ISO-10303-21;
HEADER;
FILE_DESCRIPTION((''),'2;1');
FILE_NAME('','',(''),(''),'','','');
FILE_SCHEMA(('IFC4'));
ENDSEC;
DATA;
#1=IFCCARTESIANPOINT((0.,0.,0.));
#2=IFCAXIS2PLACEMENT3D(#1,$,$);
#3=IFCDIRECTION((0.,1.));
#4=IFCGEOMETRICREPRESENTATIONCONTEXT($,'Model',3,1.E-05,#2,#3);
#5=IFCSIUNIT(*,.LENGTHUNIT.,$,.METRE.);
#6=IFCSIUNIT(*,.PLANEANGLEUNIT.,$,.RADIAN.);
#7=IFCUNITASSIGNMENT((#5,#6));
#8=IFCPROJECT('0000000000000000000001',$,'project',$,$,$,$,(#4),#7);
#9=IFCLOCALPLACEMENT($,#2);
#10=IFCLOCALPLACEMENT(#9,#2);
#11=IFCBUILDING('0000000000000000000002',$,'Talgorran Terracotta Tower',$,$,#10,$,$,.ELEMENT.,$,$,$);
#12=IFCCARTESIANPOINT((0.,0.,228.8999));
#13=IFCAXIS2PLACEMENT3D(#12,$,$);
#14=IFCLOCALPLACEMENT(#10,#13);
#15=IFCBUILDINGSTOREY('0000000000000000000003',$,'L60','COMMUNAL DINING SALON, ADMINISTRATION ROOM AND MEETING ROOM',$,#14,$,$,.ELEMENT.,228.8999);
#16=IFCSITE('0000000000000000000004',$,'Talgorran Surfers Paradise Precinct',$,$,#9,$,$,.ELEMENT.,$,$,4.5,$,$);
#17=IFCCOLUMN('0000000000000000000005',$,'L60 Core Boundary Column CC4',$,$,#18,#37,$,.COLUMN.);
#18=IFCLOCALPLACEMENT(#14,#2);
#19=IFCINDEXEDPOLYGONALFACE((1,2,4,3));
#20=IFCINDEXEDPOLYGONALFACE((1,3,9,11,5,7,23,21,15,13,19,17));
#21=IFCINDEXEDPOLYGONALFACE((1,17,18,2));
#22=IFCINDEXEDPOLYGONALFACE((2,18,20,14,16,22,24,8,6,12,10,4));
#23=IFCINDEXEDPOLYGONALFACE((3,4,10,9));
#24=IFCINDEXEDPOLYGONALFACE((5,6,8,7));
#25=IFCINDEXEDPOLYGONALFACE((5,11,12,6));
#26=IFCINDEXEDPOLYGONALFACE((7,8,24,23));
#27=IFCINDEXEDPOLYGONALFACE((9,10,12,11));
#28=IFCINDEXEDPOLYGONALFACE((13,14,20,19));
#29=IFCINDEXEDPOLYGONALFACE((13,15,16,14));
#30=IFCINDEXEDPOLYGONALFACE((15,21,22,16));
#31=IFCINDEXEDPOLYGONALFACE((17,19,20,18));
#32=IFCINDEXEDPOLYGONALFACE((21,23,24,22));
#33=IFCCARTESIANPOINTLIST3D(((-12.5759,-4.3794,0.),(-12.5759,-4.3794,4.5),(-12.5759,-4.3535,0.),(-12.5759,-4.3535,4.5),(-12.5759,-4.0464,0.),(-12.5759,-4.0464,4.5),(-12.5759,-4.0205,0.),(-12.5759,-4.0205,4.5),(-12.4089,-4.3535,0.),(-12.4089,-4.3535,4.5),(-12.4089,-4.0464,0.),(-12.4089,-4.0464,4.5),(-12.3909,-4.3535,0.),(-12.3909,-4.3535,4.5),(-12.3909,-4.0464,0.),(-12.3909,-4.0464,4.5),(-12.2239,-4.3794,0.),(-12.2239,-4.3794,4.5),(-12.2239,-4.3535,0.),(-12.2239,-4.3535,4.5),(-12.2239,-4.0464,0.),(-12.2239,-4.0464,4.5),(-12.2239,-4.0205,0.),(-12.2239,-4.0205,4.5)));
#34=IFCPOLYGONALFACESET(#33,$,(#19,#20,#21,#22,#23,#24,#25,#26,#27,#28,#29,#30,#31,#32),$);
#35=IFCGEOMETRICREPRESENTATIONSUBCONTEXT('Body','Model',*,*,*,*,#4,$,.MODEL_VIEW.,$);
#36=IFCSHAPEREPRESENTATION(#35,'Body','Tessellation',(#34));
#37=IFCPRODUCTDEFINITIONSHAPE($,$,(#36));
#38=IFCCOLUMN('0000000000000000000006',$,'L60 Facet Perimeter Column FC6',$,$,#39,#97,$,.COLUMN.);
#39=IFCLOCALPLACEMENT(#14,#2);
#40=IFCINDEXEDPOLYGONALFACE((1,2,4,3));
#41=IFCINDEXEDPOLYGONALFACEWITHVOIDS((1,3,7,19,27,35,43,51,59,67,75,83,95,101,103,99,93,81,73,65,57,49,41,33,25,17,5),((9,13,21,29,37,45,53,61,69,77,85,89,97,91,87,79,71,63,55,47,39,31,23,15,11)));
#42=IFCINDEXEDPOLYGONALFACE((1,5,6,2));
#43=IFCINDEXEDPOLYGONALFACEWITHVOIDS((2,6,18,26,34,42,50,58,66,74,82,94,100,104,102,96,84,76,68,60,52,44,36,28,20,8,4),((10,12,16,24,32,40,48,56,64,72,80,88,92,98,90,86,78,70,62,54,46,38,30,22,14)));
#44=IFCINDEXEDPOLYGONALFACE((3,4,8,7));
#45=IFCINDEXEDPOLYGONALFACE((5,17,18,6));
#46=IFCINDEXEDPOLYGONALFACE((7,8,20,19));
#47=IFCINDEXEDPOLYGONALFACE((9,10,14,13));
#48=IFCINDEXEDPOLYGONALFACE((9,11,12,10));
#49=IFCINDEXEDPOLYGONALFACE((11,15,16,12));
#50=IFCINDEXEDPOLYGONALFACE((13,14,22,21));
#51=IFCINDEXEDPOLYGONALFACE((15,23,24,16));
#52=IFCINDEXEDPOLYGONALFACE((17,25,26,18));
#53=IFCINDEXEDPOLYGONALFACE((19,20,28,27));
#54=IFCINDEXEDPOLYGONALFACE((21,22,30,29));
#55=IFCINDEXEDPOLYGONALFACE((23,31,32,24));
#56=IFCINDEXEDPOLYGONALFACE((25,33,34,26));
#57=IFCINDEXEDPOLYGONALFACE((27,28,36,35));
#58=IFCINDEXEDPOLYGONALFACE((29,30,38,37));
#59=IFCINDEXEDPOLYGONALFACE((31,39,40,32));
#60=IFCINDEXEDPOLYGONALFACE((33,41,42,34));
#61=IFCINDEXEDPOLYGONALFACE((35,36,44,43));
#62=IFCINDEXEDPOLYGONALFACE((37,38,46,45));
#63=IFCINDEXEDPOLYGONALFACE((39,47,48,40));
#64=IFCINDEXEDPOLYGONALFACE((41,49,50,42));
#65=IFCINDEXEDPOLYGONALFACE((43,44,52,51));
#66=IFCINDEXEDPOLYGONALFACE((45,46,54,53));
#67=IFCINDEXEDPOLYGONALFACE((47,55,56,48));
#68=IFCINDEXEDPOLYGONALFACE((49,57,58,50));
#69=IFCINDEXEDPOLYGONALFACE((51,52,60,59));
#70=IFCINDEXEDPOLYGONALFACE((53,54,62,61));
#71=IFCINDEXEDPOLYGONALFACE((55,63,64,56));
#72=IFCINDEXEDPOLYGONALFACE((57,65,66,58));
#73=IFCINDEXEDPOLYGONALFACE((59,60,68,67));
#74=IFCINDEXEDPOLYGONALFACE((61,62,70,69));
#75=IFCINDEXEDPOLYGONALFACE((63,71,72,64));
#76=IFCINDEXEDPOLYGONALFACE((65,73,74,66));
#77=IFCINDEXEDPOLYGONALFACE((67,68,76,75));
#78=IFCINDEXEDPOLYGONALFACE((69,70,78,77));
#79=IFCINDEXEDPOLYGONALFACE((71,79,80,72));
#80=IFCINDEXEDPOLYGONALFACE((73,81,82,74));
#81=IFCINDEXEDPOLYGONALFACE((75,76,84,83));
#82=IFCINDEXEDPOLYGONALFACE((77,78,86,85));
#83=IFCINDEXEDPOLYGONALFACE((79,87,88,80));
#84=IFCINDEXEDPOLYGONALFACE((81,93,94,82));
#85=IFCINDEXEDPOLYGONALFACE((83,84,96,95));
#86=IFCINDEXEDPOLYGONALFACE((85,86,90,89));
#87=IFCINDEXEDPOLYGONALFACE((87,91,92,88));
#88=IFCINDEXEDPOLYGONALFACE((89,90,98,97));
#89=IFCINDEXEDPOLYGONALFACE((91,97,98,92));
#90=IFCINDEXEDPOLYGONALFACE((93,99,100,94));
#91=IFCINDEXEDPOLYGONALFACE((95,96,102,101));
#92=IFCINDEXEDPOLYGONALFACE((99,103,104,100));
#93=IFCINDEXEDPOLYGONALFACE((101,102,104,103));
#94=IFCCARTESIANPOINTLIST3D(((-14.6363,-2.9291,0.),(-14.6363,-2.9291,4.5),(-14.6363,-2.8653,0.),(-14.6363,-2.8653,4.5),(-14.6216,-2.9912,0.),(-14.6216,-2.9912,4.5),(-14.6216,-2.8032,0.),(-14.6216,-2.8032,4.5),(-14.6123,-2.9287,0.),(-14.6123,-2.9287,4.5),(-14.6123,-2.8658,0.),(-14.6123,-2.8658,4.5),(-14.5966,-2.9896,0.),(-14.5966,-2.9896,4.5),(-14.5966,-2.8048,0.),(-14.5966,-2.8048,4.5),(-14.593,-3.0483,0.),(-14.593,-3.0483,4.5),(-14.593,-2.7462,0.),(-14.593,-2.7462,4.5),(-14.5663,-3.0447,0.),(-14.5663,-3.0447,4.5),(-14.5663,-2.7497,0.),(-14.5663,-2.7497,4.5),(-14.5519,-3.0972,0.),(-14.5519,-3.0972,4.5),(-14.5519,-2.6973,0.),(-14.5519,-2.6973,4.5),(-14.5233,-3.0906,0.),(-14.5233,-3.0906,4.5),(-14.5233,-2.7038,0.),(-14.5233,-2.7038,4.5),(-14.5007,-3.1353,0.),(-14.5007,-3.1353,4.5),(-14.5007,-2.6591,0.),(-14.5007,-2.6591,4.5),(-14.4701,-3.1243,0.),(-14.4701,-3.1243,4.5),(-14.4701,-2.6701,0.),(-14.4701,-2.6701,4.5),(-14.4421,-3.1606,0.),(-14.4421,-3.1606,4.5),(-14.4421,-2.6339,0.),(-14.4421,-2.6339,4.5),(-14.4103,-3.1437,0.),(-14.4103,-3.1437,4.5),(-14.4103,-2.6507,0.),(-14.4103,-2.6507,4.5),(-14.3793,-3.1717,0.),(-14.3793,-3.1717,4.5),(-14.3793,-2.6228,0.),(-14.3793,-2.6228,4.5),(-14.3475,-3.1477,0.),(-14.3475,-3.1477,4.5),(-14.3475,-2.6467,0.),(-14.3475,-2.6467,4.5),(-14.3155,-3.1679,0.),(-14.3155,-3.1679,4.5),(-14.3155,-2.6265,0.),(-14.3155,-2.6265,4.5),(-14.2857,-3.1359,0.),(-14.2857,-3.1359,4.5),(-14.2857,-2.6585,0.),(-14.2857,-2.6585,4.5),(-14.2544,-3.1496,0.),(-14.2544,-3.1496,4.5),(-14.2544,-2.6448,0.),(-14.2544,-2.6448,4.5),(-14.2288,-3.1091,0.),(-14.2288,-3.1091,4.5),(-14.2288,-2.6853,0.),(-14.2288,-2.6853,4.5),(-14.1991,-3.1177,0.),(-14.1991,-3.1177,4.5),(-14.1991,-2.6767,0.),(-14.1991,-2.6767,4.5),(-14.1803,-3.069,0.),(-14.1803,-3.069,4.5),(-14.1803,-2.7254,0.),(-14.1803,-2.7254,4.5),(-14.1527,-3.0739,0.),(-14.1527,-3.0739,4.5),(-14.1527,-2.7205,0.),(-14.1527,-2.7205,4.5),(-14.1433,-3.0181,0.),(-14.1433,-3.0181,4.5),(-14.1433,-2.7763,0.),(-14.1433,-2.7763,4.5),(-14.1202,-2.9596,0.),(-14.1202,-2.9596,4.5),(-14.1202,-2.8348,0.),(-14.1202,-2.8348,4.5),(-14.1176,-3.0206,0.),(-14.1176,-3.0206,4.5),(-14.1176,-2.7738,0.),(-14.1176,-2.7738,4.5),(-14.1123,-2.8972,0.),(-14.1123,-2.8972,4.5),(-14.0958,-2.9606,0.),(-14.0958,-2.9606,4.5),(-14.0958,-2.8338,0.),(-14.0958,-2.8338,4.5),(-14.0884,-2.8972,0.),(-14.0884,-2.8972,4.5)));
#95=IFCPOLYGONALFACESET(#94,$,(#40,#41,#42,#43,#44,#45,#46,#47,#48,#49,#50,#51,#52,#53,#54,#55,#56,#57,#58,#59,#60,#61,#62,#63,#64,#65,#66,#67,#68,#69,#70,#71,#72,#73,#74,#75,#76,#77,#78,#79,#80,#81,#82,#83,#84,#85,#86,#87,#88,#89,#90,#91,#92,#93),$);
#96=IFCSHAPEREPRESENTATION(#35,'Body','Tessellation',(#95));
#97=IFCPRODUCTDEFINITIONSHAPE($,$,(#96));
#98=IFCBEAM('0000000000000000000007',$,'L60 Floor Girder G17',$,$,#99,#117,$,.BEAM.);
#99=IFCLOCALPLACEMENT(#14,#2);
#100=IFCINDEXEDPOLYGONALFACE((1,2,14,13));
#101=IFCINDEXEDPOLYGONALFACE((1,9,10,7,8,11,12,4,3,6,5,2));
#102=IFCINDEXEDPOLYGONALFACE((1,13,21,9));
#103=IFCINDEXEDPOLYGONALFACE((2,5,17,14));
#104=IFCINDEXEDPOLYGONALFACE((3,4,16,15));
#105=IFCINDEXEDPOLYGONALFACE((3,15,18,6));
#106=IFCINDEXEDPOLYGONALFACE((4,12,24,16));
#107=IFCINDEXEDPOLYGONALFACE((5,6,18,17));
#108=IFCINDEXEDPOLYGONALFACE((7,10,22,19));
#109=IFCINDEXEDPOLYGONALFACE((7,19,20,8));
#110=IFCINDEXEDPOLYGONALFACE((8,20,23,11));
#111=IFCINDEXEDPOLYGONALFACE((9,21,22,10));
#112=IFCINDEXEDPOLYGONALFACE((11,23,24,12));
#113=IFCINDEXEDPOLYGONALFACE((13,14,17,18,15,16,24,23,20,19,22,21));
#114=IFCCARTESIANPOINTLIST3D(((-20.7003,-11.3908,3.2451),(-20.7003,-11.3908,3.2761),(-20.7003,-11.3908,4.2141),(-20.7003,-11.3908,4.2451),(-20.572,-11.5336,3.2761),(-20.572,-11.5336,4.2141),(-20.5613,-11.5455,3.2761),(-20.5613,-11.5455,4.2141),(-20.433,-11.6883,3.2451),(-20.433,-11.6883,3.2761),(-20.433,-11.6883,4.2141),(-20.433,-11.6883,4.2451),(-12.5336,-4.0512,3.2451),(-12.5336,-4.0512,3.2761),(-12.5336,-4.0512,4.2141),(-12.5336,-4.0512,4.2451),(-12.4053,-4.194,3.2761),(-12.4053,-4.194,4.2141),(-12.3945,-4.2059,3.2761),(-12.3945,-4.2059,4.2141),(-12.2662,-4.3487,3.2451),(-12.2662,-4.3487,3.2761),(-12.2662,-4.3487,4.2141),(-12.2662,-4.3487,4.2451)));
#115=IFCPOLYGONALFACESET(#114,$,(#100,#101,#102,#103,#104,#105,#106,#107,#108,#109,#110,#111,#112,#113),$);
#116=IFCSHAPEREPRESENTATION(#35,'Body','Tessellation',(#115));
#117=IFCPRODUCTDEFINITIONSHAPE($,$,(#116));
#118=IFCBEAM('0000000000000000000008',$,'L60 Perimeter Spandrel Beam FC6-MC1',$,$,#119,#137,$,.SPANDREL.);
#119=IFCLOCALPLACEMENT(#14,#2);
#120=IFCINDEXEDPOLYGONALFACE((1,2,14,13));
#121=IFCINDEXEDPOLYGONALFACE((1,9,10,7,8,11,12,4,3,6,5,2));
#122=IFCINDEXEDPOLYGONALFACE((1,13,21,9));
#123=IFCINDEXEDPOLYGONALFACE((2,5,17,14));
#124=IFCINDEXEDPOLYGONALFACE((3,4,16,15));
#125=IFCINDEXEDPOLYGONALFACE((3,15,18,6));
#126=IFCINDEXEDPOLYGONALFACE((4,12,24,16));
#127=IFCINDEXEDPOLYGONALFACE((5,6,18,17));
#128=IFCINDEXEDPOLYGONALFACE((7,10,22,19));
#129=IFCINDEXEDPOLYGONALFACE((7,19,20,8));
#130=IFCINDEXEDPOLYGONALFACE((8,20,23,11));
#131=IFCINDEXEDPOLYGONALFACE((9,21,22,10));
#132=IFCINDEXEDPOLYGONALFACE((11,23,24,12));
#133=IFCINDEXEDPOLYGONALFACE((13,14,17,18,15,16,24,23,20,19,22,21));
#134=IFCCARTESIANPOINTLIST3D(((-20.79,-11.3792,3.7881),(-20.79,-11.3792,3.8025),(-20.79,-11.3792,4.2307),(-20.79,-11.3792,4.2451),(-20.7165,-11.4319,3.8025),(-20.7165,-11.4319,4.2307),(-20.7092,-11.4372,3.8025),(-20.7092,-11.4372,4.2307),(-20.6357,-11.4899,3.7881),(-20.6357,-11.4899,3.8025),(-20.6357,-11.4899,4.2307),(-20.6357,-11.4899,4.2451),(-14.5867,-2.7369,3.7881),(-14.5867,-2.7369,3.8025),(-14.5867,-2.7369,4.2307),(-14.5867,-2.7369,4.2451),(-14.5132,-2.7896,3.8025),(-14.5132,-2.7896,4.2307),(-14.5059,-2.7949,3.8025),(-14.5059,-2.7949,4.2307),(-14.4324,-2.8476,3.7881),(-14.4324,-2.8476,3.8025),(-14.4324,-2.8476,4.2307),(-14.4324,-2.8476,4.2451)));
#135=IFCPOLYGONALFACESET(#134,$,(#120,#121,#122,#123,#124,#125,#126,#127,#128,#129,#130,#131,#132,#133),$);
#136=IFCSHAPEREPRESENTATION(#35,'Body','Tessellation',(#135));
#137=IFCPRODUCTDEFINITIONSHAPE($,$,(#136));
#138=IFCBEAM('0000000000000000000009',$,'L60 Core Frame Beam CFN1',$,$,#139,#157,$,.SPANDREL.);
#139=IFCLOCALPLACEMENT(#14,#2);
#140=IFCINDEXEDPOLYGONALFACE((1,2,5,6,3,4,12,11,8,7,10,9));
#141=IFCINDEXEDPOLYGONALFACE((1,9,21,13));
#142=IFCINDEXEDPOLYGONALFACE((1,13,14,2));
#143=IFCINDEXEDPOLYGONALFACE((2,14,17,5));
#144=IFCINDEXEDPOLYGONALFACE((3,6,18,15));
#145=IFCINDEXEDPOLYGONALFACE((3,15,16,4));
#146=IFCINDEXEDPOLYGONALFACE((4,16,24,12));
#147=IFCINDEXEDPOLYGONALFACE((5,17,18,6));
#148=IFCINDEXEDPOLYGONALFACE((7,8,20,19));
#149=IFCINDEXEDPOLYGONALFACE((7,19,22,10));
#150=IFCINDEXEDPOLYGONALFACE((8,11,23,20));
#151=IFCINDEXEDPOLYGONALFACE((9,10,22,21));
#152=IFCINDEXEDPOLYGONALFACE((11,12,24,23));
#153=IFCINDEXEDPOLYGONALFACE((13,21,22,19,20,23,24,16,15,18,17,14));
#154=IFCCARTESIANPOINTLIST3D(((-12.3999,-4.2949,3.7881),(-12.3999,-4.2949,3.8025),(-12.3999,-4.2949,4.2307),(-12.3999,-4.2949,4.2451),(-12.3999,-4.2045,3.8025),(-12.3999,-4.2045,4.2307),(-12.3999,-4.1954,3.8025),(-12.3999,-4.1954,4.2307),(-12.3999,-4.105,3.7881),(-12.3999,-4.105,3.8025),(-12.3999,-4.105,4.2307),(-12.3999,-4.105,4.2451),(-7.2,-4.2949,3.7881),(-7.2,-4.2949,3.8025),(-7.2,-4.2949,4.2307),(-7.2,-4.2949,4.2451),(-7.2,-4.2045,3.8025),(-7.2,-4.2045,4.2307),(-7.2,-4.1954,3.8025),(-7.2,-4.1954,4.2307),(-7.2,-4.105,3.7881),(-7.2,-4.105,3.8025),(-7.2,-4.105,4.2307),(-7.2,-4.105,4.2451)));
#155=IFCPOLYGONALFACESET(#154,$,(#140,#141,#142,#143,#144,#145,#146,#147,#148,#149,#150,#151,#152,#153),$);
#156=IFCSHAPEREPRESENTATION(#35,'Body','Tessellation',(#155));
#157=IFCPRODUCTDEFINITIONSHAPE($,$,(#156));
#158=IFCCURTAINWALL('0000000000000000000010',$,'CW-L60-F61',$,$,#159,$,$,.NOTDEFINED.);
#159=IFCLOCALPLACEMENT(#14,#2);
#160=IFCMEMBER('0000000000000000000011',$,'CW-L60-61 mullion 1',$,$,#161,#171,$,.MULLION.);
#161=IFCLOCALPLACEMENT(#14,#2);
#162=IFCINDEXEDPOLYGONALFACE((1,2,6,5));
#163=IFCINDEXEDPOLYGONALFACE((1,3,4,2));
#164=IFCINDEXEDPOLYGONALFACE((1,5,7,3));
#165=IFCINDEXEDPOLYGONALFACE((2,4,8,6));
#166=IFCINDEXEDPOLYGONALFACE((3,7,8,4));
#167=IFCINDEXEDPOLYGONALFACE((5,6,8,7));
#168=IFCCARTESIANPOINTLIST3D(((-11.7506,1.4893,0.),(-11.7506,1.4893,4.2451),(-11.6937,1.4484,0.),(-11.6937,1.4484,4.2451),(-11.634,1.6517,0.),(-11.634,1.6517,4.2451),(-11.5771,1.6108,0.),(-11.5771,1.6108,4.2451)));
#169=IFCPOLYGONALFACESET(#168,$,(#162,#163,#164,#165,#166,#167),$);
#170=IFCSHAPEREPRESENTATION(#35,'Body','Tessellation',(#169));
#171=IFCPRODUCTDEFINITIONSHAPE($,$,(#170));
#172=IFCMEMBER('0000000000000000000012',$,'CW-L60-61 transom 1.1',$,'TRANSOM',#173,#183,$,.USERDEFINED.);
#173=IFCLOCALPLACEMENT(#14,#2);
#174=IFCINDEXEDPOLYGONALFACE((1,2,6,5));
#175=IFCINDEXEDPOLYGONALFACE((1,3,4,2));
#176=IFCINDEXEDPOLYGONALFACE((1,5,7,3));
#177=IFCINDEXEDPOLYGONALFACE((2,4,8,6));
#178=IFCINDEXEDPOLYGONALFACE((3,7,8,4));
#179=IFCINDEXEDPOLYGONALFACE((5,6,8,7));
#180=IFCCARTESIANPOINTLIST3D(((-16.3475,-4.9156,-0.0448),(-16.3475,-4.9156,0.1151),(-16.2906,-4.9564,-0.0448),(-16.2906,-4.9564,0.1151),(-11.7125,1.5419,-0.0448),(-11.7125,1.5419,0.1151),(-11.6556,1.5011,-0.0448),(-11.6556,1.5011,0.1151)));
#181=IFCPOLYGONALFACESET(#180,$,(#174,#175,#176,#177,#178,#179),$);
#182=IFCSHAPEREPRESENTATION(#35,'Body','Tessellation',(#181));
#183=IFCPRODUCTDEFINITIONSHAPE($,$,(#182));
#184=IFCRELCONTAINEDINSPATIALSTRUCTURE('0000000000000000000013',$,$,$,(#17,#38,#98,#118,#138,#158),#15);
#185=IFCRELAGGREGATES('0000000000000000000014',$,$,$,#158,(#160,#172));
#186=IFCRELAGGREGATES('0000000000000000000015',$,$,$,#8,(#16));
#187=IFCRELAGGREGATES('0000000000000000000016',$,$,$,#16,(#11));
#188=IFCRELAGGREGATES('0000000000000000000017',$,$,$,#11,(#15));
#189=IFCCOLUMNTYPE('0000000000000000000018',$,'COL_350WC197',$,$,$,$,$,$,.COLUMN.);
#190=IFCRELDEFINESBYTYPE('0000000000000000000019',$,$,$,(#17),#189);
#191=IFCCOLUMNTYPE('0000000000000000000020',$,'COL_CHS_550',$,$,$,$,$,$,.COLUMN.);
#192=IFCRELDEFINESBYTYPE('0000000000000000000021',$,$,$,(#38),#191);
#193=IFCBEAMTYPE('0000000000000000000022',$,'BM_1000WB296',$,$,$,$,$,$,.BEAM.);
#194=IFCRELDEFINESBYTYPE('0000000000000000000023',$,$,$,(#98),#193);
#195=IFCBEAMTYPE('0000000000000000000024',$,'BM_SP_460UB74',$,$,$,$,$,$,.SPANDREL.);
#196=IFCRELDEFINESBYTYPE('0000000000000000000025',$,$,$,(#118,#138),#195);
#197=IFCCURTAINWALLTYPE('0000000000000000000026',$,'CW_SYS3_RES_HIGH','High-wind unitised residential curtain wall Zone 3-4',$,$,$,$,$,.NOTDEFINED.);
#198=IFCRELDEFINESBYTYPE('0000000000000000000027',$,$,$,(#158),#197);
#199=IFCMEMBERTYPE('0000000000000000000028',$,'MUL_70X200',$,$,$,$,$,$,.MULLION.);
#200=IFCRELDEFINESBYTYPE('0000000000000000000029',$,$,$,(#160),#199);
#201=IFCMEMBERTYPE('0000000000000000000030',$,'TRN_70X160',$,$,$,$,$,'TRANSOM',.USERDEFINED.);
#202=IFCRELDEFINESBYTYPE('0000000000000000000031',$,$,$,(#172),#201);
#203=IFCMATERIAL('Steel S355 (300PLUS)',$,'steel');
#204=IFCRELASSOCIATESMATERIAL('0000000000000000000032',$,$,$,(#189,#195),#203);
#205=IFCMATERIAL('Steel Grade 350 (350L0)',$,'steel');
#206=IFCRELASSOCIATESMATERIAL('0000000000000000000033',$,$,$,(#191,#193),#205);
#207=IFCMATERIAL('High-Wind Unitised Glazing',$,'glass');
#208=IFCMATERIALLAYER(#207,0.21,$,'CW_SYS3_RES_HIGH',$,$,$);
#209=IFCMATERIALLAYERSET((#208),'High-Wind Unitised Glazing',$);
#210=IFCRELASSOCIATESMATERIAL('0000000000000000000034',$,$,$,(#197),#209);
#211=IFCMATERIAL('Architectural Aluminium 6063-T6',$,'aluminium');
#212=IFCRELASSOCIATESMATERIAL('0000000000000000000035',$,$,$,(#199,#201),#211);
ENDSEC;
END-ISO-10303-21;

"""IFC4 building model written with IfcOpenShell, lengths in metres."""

from ifc_helpers import new_model, si_unit, direction, frame, origin, origin_2d, place, context, subcontext, project, spatial, rectangle, hollow_circle, i_section, extrude, material, layer, layer_set, material_profile, profile_set, type_object, element, aggregate, save


model = new_model("IFC4")

# Units and contexts
model_context = context("Model", 3, precision=1e-05, world=origin(), true_north=direction((0.0, 1.0)))
body_context = subcontext(model_context, "Body", "Model", "MODEL_VIEW")
ifc_project = project(units=[si_unit("LENGTHUNIT", "METRE"), si_unit("PLANEANGLEUNIT", "RADIAN")], contexts=[model_context])

# Site, building, storey
site_placement = place(None, origin())
site = spatial("IfcSite", under=ifc_project, at=site_placement, Name="Talgorran Surfers Paradise Precinct", CompositionType="ELEMENT", RefElevation=4.5)
building_placement = place(site_placement, origin())
building = spatial("IfcBuilding", under=site, at=building_placement, Name="Talgorran Terracotta Tower", CompositionType="ELEMENT")
storey_placement = place(building_placement, frame((0.0, 0.0, 228.8999)))
storey = spatial("IfcBuildingStorey", under=building, at=storey_placement, Name="L60", Description="COMMUNAL DINING SALON, ADMINISTRATION ROOM AND MEETING ROOM", CompositionType="ELEMENT", Elevation=228.8999)

# Columns
ifc_material_1 = material(Name="Steel S355 (300PLUS)", Category="steel")
ifc_material_profile_1 = material_profile(ifc_material_1, i_section(OverallWidth=0.3521, OverallDepth=0.3589, WebThickness=0.0181, FlangeThickness=0.0259, at=origin_2d()), Name="350WC197")
ifc_profile_set_1 = profile_set([ifc_material_profile_1], Name="Steel S355 (300PLUS)")
column_type_1 = type_object("IfcColumnType", Name="COL_350WC197", PredefinedType="COLUMN", material=ifc_profile_set_1)
column_1_placement = place(storey_placement, frame((-12.3999, -4.2, 0.0), z_axis=(0.0, 0.0, 1.0), x_axis=(1.0, 0.0, 0.0)))
element("IfcColumn", 1, at=column_1_placement, inside=storey, type_object=column_type_1, Name="L60 Core Boundary Column CC4", PredefinedType="COLUMN", context=body_context, shape_type="SweptSolid", body=[
    extrude(i_section(OverallWidth=0.3521, OverallDepth=0.3589, WebThickness=0.0181, FlangeThickness=0.0259, at=origin_2d()), origin(), (0.0, 0.0, 1.0), 4.5),
])
ifc_material_2 = material(Name="Steel Grade 350 (350L0)", Category="steel")
ifc_material_profile_2 = material_profile(ifc_material_2, hollow_circle(Radius=0.2749, WallThickness=0.0239, at=origin_2d()), Name="CHS550X24")
ifc_profile_set_2 = profile_set([ifc_material_profile_2], Name="Steel Grade 350 (350L0)")
column_type_2 = type_object("IfcColumnType", Name="COL_CHS_550", PredefinedType="COLUMN", material=ifc_profile_set_2)
column_2_placement = place(storey_placement, frame((-14.3633, -2.8972, 0.0), z_axis=(0.0, 0.0, 1.0), x_axis=(1.0, 0.0, 0.0)))
element("IfcColumn", 2, at=column_2_placement, inside=storey, type_object=column_type_2, Name="L60 Facet Perimeter Column FC6", PredefinedType="COLUMN", context=body_context, shape_type="SweptSolid", body=[
    extrude(hollow_circle(Radius=0.2749, WallThickness=0.0239, at=origin_2d()), origin(), (0.0, 0.0, 1.0), 4.5),
])

# Beams
ifc_material_profile_3 = material_profile(ifc_material_2, i_section(OverallWidth=0.3999, OverallDepth=1.0, WebThickness=0.0161, FlangeThickness=0.031, at=origin_2d()), Name="1000WB296")
ifc_profile_set_3 = profile_set([ifc_material_profile_3], Name="Steel Grade 350 (350L0)")
beam_type_1 = type_object("IfcBeamType", Name="BM_1000WB296", PredefinedType="BEAM", material=ifc_profile_set_3)
beam_1_placement = place(storey_placement, frame((-12.3999, -4.2, 3.7451), z_axis=(-0.743768, -0.668438, 0.0), x_axis=(0.668438, -0.743768, 0.0)))
element("IfcBeam", 3, at=beam_1_placement, inside=storey, type_object=beam_type_1, Name="L60 Floor Girder G17", PredefinedType="BEAM", context=body_context, shape_type="SweptSolid", body=[
    extrude(i_section(OverallWidth=0.3999, OverallDepth=1.0, WebThickness=0.0161, FlangeThickness=0.031, at=origin_2d()), origin(), (0.0, 0.0, 1.0), 10.9802),
])
ifc_material_profile_4 = material_profile(ifc_material_1, i_section(OverallWidth=0.1899, OverallDepth=0.457, WebThickness=0.009, FlangeThickness=0.0144, at=origin_2d()), Name="460UB74.6")
ifc_profile_set_4 = profile_set([ifc_material_profile_4], Name="Steel S355 (300PLUS)")
beam_type_2 = type_object("IfcBeamType", Name="BM_SP_460UB74", PredefinedType="SPANDREL", material=ifc_profile_set_4)
beam_2_placement = place(storey_placement, frame((-14.5095, -2.7922, 4.0166), z_axis=(-0.583121, -0.812385, 0.0), x_axis=(0.812385, -0.583121, 0.0)))
element("IfcBeam", 4, at=beam_2_placement, inside=storey, type_object=beam_type_2, Name="L60 Perimeter Spandrel Beam FC6-MC1", PredefinedType="SPANDREL", context=body_context, shape_type="SweptSolid", body=[
    extrude(i_section(OverallWidth=0.1899, OverallDepth=0.457, WebThickness=0.009, FlangeThickness=0.0144, at=origin_2d()), origin(), (0.0, 0.0, 1.0), 10.6382),
])
beam_3_placement = place(storey_placement, frame((-12.3999, -4.2, 4.0166), z_axis=(1.0, 0.0, 0.0), x_axis=(0.0, 1.0, 0.0)))
element("IfcBeam", 5, at=beam_3_placement, inside=storey, type_object=beam_type_2, Name="L60 Core Frame Beam CFN1", PredefinedType="SPANDREL", context=body_context, shape_type="SweptSolid", body=[
    extrude(i_section(OverallWidth=0.1899, OverallDepth=0.457, WebThickness=0.009, FlangeThickness=0.0144, at=origin_2d()), origin(), (0.0, 0.0, 1.0), 5.2),
])

# Curtain wall, members
ifc_material_3 = material(Name="High-Wind Unitised Glazing", Category="glass")
ifc_layer_1 = layer(ifc_material_3, 0.21, Name="CW_SYS3_RES_HIGH")
ifc_layer_set_1 = layer_set([ifc_layer_1], Name="High-Wind Unitised Glazing")
curtain_wall_type = type_object("IfcCurtainWallType", Name="CW_SYS3_RES_HIGH", Description="High-wind unitised residential curtain wall Zone 3-4", PredefinedType="NOTDEFINED", material=ifc_layer_set_1)
curtain_wall_placement = place(storey_placement, origin())
curtain_wall = element("IfcCurtainWall", 6, at=curtain_wall_placement, inside=storey, type_object=curtain_wall_type, Name="CW-L60-F61", PredefinedType="NOTDEFINED")
ifc_material_4 = material(Name="Architectural Aluminium 6063-T6", Category="aluminium")
ifc_material_profile_5 = material_profile(ifc_material_4, rectangle(XDim=0.0701, YDim=0.2, at=origin_2d()), Name="CWM70X200")
ifc_profile_set_5 = profile_set([ifc_material_profile_5], Name="Architectural Aluminium 6063-T6")
member_type_1 = type_object("IfcMemberType", Name="MUL_70X200", PredefinedType="MULLION", material=ifc_profile_set_5)
member_1_placement = place(storey_placement, frame((-11.6638, 1.55, 0.0), z_axis=(0.0, 0.0, 1.0), x_axis=(0.812389, -0.583116, 0.0)))
member_1 = element("IfcMember", 7, at=member_1_placement, type_object=member_type_1, Name="CW-L60-61 mullion 1", PredefinedType="MULLION", context=body_context, shape_type="SweptSolid", body=[
    extrude(rectangle(XDim=0.0701, YDim=0.2, at=origin_2d()), origin(), (0.0, 0.0, 1.0), 4.2451),
])
ifc_material_profile_6 = material_profile(ifc_material_4, rectangle(XDim=0.0701, YDim=0.1599, at=origin_2d()), Name="CWT70X160")
ifc_profile_set_6 = profile_set([ifc_material_profile_6], Name="Architectural Aluminium 6063-T6")
member_type_2 = type_object("IfcMemberType", Name="TRN_70X160", ElementType="TRANSOM", PredefinedType="USERDEFINED", material=ifc_profile_set_6)
member_2_placement = place(storey_placement, frame((-11.6841, 1.5215, 0.0352), z_axis=(-0.583111, -0.812393, 0.0), x_axis=(0.812393, -0.583111, 0.0)))
member_2 = element("IfcMember", 8, at=member_2_placement, type_object=member_type_2, Name="CW-L60-61 transom 1.1", ObjectType="TRANSOM", PredefinedType="USERDEFINED", context=body_context, shape_type="SweptSolid", body=[
    extrude(rectangle(XDim=0.0701, YDim=0.1599, at=origin_2d()), origin(), (0.0, 0.0, 1.0), 7.9487),
])

aggregate(curtain_wall, [member_1, member_2])

save(model, "model.ifc")
